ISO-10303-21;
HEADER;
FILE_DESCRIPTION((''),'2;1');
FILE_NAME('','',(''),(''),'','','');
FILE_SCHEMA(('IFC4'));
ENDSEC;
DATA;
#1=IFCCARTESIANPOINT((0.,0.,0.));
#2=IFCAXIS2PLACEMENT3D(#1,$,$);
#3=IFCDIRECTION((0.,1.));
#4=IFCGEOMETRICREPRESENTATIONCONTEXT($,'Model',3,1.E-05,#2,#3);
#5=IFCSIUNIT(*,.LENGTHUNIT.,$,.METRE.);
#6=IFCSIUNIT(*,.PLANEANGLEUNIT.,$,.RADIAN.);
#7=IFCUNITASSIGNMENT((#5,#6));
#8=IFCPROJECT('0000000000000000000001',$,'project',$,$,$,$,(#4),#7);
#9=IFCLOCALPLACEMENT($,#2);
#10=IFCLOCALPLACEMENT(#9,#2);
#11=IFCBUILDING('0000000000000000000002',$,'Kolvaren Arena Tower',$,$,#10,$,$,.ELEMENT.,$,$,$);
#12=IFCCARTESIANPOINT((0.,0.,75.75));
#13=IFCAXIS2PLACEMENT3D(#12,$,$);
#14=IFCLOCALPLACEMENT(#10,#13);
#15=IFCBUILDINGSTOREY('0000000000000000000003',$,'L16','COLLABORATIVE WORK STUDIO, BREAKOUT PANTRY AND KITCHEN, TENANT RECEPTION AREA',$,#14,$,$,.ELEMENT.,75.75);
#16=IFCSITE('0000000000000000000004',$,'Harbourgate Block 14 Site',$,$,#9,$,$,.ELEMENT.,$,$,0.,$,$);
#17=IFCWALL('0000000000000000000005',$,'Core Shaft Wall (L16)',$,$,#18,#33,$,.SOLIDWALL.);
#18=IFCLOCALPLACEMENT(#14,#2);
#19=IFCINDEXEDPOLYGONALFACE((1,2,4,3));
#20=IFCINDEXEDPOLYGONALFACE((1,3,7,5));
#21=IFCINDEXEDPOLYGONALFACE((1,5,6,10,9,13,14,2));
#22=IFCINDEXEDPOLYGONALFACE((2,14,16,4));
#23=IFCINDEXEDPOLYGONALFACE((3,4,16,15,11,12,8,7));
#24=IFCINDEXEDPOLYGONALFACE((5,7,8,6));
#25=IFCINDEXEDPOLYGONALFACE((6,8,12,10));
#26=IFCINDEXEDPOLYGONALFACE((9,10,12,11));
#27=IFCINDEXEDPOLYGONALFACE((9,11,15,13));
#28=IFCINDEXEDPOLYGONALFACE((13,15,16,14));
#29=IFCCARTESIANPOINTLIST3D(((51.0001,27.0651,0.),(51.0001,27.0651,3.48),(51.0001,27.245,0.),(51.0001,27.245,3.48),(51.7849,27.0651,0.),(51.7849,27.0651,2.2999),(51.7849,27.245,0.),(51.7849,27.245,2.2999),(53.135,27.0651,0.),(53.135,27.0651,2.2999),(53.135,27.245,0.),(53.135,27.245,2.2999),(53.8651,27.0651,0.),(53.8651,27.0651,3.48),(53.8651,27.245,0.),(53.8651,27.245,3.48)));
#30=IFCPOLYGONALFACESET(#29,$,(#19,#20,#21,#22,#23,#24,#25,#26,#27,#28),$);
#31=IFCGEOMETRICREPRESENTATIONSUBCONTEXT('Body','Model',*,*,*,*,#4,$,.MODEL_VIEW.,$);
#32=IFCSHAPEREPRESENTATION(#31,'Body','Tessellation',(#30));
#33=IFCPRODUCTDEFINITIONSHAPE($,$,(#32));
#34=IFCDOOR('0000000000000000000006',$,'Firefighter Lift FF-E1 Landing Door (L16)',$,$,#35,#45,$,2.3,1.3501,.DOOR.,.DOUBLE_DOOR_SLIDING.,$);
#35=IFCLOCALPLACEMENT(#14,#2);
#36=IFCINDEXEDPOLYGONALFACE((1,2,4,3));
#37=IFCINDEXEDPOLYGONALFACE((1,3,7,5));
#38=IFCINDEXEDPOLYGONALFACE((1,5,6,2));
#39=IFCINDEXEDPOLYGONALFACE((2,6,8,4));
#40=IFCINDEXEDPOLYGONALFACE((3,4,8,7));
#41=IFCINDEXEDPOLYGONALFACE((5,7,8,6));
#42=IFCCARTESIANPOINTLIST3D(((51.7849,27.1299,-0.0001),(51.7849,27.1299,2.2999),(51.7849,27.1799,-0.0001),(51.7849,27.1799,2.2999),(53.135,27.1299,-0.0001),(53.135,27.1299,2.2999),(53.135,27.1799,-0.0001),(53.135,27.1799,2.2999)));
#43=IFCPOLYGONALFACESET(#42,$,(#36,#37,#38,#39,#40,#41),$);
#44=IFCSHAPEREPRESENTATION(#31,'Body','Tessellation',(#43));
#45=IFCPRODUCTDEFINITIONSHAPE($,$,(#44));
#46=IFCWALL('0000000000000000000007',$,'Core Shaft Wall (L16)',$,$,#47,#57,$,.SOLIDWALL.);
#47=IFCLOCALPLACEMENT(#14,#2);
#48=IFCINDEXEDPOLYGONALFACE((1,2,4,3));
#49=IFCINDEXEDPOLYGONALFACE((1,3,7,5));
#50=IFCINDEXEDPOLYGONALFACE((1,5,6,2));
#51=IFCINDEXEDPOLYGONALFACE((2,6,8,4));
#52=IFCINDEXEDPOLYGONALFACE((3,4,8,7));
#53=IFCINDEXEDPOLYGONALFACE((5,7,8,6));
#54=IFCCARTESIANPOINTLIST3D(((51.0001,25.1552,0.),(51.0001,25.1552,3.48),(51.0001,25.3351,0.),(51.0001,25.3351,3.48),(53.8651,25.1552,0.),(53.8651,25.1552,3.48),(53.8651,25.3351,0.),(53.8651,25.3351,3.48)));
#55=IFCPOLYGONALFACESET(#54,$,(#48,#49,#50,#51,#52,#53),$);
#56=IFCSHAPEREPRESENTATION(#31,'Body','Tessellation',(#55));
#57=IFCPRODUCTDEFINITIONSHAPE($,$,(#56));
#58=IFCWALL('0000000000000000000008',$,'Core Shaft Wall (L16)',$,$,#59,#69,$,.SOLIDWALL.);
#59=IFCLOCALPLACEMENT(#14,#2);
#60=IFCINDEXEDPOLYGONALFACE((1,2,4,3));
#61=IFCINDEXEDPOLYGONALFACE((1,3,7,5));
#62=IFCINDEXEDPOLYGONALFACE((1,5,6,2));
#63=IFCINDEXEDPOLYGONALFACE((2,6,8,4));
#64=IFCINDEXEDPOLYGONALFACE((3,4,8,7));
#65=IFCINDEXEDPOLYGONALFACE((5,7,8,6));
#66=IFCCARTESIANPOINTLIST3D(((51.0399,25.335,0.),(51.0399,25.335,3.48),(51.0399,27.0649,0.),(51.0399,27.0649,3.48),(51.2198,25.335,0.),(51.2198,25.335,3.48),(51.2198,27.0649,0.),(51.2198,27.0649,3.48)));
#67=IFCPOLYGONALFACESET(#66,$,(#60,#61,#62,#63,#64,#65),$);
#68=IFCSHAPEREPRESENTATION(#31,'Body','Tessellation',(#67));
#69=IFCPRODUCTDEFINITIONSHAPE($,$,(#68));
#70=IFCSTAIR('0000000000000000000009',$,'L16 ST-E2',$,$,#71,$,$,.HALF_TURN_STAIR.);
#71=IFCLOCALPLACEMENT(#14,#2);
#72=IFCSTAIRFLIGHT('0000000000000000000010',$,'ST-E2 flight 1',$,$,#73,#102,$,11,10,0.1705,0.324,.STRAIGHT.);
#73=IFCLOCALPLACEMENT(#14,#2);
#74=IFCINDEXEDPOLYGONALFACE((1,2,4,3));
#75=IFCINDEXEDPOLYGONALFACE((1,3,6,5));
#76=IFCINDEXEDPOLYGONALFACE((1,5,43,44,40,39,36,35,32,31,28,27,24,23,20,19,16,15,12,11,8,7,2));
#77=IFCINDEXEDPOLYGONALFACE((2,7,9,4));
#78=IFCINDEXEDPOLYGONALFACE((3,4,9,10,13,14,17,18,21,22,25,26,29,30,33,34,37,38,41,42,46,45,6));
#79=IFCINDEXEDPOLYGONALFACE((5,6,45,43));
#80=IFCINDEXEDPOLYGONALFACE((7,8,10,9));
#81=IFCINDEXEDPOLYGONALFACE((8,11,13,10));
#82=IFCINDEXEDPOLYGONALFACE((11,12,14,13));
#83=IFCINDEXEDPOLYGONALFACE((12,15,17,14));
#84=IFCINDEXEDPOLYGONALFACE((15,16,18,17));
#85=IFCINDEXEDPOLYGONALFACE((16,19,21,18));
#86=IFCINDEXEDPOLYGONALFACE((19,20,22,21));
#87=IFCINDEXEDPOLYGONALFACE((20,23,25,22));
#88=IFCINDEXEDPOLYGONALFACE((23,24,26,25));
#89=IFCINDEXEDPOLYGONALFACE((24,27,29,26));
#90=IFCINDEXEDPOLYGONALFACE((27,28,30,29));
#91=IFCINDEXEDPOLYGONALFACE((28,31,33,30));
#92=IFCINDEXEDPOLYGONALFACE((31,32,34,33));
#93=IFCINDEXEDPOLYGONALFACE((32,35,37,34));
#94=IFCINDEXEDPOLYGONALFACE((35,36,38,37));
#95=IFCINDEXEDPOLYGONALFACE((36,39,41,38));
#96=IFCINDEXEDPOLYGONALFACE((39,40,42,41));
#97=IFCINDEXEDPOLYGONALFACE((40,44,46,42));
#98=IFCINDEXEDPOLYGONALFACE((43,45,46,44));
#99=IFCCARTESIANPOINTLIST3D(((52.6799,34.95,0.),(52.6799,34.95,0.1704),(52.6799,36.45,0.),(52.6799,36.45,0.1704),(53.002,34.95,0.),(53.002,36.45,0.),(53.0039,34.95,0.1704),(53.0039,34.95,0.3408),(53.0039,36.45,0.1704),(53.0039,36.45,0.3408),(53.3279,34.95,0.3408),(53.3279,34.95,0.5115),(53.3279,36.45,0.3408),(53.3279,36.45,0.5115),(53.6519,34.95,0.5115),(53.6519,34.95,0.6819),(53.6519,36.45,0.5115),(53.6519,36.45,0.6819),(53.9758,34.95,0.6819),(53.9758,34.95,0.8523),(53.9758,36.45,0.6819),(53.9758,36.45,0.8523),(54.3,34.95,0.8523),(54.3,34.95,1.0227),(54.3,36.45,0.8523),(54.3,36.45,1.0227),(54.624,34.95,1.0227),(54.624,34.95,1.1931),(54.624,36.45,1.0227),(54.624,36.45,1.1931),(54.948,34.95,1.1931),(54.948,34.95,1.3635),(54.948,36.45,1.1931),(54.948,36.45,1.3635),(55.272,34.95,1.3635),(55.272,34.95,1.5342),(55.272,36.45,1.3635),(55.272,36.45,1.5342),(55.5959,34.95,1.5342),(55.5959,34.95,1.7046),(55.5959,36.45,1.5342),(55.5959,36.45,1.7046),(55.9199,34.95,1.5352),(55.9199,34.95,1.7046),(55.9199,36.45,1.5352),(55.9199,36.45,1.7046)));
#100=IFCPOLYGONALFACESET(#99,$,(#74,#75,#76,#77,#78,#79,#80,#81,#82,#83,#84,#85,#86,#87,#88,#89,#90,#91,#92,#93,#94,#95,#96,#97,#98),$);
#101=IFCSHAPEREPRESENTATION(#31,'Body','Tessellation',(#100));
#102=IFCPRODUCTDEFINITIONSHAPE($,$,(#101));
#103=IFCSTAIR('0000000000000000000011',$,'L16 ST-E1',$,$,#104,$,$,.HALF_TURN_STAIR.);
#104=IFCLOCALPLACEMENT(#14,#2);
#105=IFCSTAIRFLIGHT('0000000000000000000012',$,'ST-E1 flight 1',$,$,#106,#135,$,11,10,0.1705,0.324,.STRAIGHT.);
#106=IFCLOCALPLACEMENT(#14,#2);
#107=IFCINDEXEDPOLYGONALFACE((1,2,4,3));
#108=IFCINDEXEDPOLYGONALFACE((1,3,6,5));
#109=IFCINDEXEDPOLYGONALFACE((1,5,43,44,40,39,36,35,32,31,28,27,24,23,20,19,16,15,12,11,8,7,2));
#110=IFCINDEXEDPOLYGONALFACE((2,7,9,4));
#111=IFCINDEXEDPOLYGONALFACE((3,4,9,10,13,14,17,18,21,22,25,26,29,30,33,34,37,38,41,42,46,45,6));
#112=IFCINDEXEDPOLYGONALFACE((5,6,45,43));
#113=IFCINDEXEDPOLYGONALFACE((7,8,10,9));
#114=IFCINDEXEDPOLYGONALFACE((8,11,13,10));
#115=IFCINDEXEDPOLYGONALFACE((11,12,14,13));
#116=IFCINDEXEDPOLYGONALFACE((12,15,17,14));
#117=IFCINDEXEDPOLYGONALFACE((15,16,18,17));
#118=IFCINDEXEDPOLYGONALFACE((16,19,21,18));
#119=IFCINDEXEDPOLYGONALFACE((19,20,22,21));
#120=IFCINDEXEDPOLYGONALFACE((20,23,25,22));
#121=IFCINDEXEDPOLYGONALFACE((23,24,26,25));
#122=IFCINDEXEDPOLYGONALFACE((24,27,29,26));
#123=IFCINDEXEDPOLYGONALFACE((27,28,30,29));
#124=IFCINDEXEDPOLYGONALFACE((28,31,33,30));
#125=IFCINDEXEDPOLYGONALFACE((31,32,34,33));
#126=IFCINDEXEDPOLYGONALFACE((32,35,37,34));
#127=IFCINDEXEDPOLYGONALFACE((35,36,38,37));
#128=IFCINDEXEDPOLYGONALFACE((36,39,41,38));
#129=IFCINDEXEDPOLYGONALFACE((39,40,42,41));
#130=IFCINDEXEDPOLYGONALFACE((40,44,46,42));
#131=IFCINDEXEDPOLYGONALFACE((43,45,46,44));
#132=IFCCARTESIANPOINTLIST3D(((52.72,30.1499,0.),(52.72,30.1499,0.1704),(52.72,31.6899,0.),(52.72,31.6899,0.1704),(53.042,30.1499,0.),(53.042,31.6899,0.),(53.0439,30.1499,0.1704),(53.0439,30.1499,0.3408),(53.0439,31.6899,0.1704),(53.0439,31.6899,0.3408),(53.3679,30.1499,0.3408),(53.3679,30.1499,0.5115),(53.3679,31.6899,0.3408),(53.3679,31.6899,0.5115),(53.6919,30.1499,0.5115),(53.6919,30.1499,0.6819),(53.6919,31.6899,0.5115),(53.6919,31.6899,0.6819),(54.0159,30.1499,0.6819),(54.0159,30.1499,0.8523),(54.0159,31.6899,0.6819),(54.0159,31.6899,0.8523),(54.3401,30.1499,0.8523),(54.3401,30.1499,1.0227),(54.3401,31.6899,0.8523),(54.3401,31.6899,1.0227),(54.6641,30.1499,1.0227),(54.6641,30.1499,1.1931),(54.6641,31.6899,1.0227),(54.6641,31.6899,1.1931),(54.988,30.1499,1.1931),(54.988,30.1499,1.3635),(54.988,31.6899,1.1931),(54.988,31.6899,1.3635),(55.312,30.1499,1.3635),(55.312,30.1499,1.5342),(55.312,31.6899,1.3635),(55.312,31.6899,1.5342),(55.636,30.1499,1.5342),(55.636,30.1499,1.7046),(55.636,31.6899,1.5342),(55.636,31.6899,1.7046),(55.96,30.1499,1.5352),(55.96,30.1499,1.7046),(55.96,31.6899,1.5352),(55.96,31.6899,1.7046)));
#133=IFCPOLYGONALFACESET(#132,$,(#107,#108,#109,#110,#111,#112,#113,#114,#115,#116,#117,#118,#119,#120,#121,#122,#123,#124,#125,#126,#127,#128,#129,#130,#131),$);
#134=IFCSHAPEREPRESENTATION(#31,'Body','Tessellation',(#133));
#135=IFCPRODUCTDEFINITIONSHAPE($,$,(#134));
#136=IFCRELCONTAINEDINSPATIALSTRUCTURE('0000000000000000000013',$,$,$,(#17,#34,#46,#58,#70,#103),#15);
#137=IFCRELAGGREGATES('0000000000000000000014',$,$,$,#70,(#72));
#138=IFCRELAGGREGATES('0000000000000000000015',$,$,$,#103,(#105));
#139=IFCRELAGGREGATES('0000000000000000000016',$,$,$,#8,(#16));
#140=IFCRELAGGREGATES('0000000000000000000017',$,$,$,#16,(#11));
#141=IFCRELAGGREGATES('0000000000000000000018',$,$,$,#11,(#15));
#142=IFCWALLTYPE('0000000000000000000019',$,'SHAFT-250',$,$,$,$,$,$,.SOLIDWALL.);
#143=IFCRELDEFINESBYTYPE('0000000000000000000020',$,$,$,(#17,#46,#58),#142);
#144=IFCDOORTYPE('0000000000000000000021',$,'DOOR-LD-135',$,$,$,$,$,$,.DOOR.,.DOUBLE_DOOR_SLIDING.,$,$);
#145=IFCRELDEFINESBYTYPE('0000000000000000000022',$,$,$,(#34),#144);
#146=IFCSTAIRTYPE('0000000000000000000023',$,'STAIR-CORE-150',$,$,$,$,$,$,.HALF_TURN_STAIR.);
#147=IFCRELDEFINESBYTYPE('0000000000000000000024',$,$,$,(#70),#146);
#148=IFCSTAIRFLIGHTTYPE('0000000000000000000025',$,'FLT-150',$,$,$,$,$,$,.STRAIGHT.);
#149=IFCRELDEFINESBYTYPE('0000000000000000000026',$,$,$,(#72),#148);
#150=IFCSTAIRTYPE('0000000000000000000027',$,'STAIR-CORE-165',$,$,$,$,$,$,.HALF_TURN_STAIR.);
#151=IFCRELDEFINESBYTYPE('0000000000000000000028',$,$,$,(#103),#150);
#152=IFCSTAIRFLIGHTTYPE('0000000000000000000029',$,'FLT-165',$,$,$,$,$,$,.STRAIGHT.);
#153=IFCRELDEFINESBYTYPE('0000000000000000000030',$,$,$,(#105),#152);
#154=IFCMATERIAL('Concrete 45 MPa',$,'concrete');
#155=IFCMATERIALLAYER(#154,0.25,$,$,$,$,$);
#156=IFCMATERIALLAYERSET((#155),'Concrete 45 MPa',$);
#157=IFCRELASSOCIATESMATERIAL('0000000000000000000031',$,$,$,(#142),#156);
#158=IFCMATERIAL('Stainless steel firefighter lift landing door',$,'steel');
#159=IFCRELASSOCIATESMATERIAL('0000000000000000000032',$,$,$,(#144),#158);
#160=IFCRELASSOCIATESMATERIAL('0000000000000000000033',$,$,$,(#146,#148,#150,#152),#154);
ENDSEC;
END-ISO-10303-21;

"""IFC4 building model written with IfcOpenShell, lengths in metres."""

from ifc_helpers import new_model, si_unit, direction, frame, frame_2d, origin, place, context, subcontext, project, spatial, polyline, rectangle, outline, extrude, material, layer, layer_set, type_object, element, fill, aggregate, save


model = new_model("IFC4")

# Units and contexts
model_context = context("Model", 3, precision=1e-05, world=origin(), true_north=direction((0.0, 1.0)))
body_context = subcontext(model_context, "Body", "Model", "MODEL_VIEW")
ifc_project = project(units=[si_unit("LENGTHUNIT", "METRE"), si_unit("PLANEANGLEUNIT", "RADIAN")], contexts=[model_context])

# Site, building, storey
site_placement = place(None, origin())
site = spatial("IfcSite", under=ifc_project, at=site_placement, Name="Harbourgate Block 14 Site", CompositionType="ELEMENT", RefElevation=0.0)
building_placement = place(site_placement, origin())
building = spatial("IfcBuilding", under=site, at=building_placement, Name="Kolvaren Arena Tower", CompositionType="ELEMENT")
storey_placement = place(building_placement, frame((0.0, 0.0, 75.75)))
storey = spatial("IfcBuildingStorey", under=building, at=storey_placement, Name="L16", Description="COLLABORATIVE WORK STUDIO, BREAKOUT PANTRY AND KITCHEN, TENANT RECEPTION AREA", CompositionType="ELEMENT", Elevation=75.75)

# Shared definitions
ifc_material_1 = material(Name="Concrete 45 MPa", Category="concrete")
ifc_layer = layer(ifc_material_1, 0.25)
ifc_layer_set = layer_set([ifc_layer], Name="Concrete 45 MPa")
wall_type = type_object("IfcWallType", Name="SHAFT-250", PredefinedType="SOLIDWALL", material=ifc_layer_set)

# Wall, opening, door
wall_1_placement = place(storey_placement, frame((51.0, 27.155, 0.0), z_axis=(0.0, 0.0, 1.0), x_axis=(1.0, 0.0, 0.0)))
wall_1 = element("IfcWall", 1, at=wall_1_placement, inside=storey, type_object=wall_type, Name="Core Shaft Wall (L16)", PredefinedType="SOLIDWALL", context=body_context, shape_type="SweptSolid", body=[
    extrude(rectangle(XDim=2.865, YDim=0.1799, at=frame_2d((1.4326, 0.0))), origin(), (0.0, 0.0, 1.0), 3.48),
])
opening_placement = place(wall_1_placement, frame((0.7849, 0.0, 0.0)))
opening = element("IfcOpeningElement", 2, at=opening_placement, cuts=wall_1, PredefinedType="OPENING", context=body_context, shape_type="SweptSolid", body=[
    extrude(rectangle(XDim=1.3501, YDim=2.3, at=frame_2d((0.675, 1.1499))), frame((0.0, 0.0999, 0.0), z_axis=(0.0, -1.0, 0.0), x_axis=(1.0, 0.0, 0.0)), (0.0, 0.0, 1.0), 0.2),
])
ifc_material_2 = material(Name="Stainless steel firefighter lift landing door", Category="steel")
door_type = type_object("IfcDoorType", Name="DOOR-LD-135", OperationType="DOUBLE_DOOR_SLIDING", PredefinedType="DOOR", material=ifc_material_2)
door_placement = place(opening_placement, origin())
door = element("IfcDoor", 3, at=door_placement, inside=storey, type_object=door_type, Name="Firefighter Lift FF-E1 Landing Door (L16)", OperationType="DOUBLE_DOOR_SLIDING", OverallHeight=2.3, OverallWidth=1.3501, PredefinedType="DOOR", context=body_context, shape_type="SweptSolid", body=[
    extrude(rectangle(XDim=1.3501, YDim=2.3, at=frame_2d((0.675, 1.1499))), frame((0.0, 0.0249, 0.0), z_axis=(0.0, -1.0, 0.0), x_axis=(1.0, 0.0, 0.0)), (0.0, 0.0, 1.0), 0.05),
])
fill(opening, door)

# Walls
wall_2_placement = place(storey_placement, frame((51.0, 25.2451, 0.0), z_axis=(0.0, 0.0, 1.0), x_axis=(1.0, 0.0, 0.0)))
element("IfcWall", 4, at=wall_2_placement, inside=storey, type_object=wall_type, Name="Core Shaft Wall (L16)", PredefinedType="SOLIDWALL", context=body_context, shape_type="SweptSolid", body=[
    extrude(rectangle(XDim=2.865, YDim=0.1799, at=frame_2d((1.4326, 0.0))), origin(), (0.0, 0.0, 1.0), 3.48),
])
wall_3_placement = place(storey_placement, frame((51.1299, 25.335, 0.0), z_axis=(0.0, 0.0, 1.0), x_axis=(0.0, 1.0, 0.0)))
element("IfcWall", 5, at=wall_3_placement, inside=storey, type_object=wall_type, Name="Core Shaft Wall (L16)", PredefinedType="SOLIDWALL", context=body_context, shape_type="SweptSolid", body=[
    extrude(rectangle(XDim=1.73, YDim=0.1799, at=frame_2d((0.865, 0.0))), origin(), (0.0, 0.0, 1.0), 3.48),
])

# Stairs, stair flights
stair_type_1 = type_object("IfcStairType", Name="STAIR-CORE-150", PredefinedType="HALF_TURN_STAIR", material=ifc_material_1)
stair_1_placement = place(storey_placement, origin())
stair_1 = element("IfcStair", 6, at=stair_1_placement, inside=storey, type_object=stair_type_1, Name="L16 ST-E2", PredefinedType="HALF_TURN_STAIR")
stair_flight_type_1 = type_object("IfcStairFlightType", Name="FLT-150", PredefinedType="STRAIGHT", material=ifc_material_1)
stair_flight_1_placement = place(storey_placement, frame((52.6799, 35.7, 0.0), z_axis=(0.0, 0.0, 1.0), x_axis=(1.0, 0.0, 0.0)))
stair_flight_1 = element("IfcStairFlight", 7, at=stair_flight_1_placement, type_object=stair_flight_type_1, Name="ST-E2 flight 1", NumberOfRisers=11, NumberOfTreads=10, PredefinedType="STRAIGHT", RiserHeight=0.1705, TreadLength=0.324, context=body_context, shape_type="SweptSolid", body=[
    extrude(outline(polyline([(0.0, 0.0), (0.0, 0.1704), (0.324, 0.1704), (0.324, 0.3408), (0.6479, 0.3408), (0.6479, 0.5115), (0.9719, 0.5115), (0.9719, 0.6819), (1.2959, 0.6819), (1.2959, 0.8523), (1.6201, 0.8523), (1.6201, 1.0227), (1.9441, 1.0227), (1.9441, 1.1931), (2.2681, 1.1931), (2.2681, 1.3635), (2.592, 1.3635), (2.592, 1.5342), (2.916, 1.5342), (2.916, 1.7046), (3.24, 1.7046), (3.24, 1.875), (3.24, 1.5352), (0.322, 0.0), (0.0, 0.0)])), frame((0.0, 0.75, 0.0), z_axis=(0.0, -1.0, 0.0), x_axis=(1.0, 0.0, 0.0)), (0.0, 0.0, 1.0), 1.5),
])
aggregate(stair_1, [stair_flight_1])
stair_type_2 = type_object("IfcStairType", Name="STAIR-CORE-165", PredefinedType="HALF_TURN_STAIR", material=ifc_material_1)
stair_2_placement = place(storey_placement, origin())
stair_2 = element("IfcStair", 8, at=stair_2_placement, inside=storey, type_object=stair_type_2, Name="L16 ST-E1", PredefinedType="HALF_TURN_STAIR")
stair_flight_type_2 = type_object("IfcStairFlightType", Name="FLT-165", PredefinedType="STRAIGHT", material=ifc_material_1)
stair_flight_2_placement = place(storey_placement, frame((52.72, 30.9199, 0.0), z_axis=(0.0, 0.0, 1.0), x_axis=(1.0, 0.0, 0.0)))
stair_flight_2 = element("IfcStairFlight", 9, at=stair_flight_2_placement, type_object=stair_flight_type_2, Name="ST-E1 flight 1", NumberOfRisers=11, NumberOfTreads=10, PredefinedType="STRAIGHT", RiserHeight=0.1705, TreadLength=0.324, context=body_context, shape_type="SweptSolid", body=[
    extrude(outline(polyline([(0.0, 0.0), (0.0, 0.1704), (0.324, 0.1704), (0.324, 0.3408), (0.6479, 0.3408), (0.6479, 0.5115), (0.9719, 0.5115), (0.9719, 0.6819), (1.2959, 0.6819), (1.2959, 0.8523), (1.6201, 0.8523), (1.6201, 1.0227), (1.9441, 1.0227), (1.9441, 1.1931), (2.2681, 1.1931), (2.2681, 1.3635), (2.592, 1.3635), (2.592, 1.5342), (2.916, 1.5342), (2.916, 1.7046), (3.24, 1.7046), (3.24, 1.875), (3.24, 1.5352), (0.322, 0.0), (0.0, 0.0)])), frame((0.0, 0.77, 0.0), z_axis=(0.0, -1.0, 0.0), x_axis=(1.0, 0.0, 0.0)), (0.0, 0.0, 1.0), 1.54),
])
aggregate(stair_2, [stair_flight_2])

save(model, "model.ifc")
